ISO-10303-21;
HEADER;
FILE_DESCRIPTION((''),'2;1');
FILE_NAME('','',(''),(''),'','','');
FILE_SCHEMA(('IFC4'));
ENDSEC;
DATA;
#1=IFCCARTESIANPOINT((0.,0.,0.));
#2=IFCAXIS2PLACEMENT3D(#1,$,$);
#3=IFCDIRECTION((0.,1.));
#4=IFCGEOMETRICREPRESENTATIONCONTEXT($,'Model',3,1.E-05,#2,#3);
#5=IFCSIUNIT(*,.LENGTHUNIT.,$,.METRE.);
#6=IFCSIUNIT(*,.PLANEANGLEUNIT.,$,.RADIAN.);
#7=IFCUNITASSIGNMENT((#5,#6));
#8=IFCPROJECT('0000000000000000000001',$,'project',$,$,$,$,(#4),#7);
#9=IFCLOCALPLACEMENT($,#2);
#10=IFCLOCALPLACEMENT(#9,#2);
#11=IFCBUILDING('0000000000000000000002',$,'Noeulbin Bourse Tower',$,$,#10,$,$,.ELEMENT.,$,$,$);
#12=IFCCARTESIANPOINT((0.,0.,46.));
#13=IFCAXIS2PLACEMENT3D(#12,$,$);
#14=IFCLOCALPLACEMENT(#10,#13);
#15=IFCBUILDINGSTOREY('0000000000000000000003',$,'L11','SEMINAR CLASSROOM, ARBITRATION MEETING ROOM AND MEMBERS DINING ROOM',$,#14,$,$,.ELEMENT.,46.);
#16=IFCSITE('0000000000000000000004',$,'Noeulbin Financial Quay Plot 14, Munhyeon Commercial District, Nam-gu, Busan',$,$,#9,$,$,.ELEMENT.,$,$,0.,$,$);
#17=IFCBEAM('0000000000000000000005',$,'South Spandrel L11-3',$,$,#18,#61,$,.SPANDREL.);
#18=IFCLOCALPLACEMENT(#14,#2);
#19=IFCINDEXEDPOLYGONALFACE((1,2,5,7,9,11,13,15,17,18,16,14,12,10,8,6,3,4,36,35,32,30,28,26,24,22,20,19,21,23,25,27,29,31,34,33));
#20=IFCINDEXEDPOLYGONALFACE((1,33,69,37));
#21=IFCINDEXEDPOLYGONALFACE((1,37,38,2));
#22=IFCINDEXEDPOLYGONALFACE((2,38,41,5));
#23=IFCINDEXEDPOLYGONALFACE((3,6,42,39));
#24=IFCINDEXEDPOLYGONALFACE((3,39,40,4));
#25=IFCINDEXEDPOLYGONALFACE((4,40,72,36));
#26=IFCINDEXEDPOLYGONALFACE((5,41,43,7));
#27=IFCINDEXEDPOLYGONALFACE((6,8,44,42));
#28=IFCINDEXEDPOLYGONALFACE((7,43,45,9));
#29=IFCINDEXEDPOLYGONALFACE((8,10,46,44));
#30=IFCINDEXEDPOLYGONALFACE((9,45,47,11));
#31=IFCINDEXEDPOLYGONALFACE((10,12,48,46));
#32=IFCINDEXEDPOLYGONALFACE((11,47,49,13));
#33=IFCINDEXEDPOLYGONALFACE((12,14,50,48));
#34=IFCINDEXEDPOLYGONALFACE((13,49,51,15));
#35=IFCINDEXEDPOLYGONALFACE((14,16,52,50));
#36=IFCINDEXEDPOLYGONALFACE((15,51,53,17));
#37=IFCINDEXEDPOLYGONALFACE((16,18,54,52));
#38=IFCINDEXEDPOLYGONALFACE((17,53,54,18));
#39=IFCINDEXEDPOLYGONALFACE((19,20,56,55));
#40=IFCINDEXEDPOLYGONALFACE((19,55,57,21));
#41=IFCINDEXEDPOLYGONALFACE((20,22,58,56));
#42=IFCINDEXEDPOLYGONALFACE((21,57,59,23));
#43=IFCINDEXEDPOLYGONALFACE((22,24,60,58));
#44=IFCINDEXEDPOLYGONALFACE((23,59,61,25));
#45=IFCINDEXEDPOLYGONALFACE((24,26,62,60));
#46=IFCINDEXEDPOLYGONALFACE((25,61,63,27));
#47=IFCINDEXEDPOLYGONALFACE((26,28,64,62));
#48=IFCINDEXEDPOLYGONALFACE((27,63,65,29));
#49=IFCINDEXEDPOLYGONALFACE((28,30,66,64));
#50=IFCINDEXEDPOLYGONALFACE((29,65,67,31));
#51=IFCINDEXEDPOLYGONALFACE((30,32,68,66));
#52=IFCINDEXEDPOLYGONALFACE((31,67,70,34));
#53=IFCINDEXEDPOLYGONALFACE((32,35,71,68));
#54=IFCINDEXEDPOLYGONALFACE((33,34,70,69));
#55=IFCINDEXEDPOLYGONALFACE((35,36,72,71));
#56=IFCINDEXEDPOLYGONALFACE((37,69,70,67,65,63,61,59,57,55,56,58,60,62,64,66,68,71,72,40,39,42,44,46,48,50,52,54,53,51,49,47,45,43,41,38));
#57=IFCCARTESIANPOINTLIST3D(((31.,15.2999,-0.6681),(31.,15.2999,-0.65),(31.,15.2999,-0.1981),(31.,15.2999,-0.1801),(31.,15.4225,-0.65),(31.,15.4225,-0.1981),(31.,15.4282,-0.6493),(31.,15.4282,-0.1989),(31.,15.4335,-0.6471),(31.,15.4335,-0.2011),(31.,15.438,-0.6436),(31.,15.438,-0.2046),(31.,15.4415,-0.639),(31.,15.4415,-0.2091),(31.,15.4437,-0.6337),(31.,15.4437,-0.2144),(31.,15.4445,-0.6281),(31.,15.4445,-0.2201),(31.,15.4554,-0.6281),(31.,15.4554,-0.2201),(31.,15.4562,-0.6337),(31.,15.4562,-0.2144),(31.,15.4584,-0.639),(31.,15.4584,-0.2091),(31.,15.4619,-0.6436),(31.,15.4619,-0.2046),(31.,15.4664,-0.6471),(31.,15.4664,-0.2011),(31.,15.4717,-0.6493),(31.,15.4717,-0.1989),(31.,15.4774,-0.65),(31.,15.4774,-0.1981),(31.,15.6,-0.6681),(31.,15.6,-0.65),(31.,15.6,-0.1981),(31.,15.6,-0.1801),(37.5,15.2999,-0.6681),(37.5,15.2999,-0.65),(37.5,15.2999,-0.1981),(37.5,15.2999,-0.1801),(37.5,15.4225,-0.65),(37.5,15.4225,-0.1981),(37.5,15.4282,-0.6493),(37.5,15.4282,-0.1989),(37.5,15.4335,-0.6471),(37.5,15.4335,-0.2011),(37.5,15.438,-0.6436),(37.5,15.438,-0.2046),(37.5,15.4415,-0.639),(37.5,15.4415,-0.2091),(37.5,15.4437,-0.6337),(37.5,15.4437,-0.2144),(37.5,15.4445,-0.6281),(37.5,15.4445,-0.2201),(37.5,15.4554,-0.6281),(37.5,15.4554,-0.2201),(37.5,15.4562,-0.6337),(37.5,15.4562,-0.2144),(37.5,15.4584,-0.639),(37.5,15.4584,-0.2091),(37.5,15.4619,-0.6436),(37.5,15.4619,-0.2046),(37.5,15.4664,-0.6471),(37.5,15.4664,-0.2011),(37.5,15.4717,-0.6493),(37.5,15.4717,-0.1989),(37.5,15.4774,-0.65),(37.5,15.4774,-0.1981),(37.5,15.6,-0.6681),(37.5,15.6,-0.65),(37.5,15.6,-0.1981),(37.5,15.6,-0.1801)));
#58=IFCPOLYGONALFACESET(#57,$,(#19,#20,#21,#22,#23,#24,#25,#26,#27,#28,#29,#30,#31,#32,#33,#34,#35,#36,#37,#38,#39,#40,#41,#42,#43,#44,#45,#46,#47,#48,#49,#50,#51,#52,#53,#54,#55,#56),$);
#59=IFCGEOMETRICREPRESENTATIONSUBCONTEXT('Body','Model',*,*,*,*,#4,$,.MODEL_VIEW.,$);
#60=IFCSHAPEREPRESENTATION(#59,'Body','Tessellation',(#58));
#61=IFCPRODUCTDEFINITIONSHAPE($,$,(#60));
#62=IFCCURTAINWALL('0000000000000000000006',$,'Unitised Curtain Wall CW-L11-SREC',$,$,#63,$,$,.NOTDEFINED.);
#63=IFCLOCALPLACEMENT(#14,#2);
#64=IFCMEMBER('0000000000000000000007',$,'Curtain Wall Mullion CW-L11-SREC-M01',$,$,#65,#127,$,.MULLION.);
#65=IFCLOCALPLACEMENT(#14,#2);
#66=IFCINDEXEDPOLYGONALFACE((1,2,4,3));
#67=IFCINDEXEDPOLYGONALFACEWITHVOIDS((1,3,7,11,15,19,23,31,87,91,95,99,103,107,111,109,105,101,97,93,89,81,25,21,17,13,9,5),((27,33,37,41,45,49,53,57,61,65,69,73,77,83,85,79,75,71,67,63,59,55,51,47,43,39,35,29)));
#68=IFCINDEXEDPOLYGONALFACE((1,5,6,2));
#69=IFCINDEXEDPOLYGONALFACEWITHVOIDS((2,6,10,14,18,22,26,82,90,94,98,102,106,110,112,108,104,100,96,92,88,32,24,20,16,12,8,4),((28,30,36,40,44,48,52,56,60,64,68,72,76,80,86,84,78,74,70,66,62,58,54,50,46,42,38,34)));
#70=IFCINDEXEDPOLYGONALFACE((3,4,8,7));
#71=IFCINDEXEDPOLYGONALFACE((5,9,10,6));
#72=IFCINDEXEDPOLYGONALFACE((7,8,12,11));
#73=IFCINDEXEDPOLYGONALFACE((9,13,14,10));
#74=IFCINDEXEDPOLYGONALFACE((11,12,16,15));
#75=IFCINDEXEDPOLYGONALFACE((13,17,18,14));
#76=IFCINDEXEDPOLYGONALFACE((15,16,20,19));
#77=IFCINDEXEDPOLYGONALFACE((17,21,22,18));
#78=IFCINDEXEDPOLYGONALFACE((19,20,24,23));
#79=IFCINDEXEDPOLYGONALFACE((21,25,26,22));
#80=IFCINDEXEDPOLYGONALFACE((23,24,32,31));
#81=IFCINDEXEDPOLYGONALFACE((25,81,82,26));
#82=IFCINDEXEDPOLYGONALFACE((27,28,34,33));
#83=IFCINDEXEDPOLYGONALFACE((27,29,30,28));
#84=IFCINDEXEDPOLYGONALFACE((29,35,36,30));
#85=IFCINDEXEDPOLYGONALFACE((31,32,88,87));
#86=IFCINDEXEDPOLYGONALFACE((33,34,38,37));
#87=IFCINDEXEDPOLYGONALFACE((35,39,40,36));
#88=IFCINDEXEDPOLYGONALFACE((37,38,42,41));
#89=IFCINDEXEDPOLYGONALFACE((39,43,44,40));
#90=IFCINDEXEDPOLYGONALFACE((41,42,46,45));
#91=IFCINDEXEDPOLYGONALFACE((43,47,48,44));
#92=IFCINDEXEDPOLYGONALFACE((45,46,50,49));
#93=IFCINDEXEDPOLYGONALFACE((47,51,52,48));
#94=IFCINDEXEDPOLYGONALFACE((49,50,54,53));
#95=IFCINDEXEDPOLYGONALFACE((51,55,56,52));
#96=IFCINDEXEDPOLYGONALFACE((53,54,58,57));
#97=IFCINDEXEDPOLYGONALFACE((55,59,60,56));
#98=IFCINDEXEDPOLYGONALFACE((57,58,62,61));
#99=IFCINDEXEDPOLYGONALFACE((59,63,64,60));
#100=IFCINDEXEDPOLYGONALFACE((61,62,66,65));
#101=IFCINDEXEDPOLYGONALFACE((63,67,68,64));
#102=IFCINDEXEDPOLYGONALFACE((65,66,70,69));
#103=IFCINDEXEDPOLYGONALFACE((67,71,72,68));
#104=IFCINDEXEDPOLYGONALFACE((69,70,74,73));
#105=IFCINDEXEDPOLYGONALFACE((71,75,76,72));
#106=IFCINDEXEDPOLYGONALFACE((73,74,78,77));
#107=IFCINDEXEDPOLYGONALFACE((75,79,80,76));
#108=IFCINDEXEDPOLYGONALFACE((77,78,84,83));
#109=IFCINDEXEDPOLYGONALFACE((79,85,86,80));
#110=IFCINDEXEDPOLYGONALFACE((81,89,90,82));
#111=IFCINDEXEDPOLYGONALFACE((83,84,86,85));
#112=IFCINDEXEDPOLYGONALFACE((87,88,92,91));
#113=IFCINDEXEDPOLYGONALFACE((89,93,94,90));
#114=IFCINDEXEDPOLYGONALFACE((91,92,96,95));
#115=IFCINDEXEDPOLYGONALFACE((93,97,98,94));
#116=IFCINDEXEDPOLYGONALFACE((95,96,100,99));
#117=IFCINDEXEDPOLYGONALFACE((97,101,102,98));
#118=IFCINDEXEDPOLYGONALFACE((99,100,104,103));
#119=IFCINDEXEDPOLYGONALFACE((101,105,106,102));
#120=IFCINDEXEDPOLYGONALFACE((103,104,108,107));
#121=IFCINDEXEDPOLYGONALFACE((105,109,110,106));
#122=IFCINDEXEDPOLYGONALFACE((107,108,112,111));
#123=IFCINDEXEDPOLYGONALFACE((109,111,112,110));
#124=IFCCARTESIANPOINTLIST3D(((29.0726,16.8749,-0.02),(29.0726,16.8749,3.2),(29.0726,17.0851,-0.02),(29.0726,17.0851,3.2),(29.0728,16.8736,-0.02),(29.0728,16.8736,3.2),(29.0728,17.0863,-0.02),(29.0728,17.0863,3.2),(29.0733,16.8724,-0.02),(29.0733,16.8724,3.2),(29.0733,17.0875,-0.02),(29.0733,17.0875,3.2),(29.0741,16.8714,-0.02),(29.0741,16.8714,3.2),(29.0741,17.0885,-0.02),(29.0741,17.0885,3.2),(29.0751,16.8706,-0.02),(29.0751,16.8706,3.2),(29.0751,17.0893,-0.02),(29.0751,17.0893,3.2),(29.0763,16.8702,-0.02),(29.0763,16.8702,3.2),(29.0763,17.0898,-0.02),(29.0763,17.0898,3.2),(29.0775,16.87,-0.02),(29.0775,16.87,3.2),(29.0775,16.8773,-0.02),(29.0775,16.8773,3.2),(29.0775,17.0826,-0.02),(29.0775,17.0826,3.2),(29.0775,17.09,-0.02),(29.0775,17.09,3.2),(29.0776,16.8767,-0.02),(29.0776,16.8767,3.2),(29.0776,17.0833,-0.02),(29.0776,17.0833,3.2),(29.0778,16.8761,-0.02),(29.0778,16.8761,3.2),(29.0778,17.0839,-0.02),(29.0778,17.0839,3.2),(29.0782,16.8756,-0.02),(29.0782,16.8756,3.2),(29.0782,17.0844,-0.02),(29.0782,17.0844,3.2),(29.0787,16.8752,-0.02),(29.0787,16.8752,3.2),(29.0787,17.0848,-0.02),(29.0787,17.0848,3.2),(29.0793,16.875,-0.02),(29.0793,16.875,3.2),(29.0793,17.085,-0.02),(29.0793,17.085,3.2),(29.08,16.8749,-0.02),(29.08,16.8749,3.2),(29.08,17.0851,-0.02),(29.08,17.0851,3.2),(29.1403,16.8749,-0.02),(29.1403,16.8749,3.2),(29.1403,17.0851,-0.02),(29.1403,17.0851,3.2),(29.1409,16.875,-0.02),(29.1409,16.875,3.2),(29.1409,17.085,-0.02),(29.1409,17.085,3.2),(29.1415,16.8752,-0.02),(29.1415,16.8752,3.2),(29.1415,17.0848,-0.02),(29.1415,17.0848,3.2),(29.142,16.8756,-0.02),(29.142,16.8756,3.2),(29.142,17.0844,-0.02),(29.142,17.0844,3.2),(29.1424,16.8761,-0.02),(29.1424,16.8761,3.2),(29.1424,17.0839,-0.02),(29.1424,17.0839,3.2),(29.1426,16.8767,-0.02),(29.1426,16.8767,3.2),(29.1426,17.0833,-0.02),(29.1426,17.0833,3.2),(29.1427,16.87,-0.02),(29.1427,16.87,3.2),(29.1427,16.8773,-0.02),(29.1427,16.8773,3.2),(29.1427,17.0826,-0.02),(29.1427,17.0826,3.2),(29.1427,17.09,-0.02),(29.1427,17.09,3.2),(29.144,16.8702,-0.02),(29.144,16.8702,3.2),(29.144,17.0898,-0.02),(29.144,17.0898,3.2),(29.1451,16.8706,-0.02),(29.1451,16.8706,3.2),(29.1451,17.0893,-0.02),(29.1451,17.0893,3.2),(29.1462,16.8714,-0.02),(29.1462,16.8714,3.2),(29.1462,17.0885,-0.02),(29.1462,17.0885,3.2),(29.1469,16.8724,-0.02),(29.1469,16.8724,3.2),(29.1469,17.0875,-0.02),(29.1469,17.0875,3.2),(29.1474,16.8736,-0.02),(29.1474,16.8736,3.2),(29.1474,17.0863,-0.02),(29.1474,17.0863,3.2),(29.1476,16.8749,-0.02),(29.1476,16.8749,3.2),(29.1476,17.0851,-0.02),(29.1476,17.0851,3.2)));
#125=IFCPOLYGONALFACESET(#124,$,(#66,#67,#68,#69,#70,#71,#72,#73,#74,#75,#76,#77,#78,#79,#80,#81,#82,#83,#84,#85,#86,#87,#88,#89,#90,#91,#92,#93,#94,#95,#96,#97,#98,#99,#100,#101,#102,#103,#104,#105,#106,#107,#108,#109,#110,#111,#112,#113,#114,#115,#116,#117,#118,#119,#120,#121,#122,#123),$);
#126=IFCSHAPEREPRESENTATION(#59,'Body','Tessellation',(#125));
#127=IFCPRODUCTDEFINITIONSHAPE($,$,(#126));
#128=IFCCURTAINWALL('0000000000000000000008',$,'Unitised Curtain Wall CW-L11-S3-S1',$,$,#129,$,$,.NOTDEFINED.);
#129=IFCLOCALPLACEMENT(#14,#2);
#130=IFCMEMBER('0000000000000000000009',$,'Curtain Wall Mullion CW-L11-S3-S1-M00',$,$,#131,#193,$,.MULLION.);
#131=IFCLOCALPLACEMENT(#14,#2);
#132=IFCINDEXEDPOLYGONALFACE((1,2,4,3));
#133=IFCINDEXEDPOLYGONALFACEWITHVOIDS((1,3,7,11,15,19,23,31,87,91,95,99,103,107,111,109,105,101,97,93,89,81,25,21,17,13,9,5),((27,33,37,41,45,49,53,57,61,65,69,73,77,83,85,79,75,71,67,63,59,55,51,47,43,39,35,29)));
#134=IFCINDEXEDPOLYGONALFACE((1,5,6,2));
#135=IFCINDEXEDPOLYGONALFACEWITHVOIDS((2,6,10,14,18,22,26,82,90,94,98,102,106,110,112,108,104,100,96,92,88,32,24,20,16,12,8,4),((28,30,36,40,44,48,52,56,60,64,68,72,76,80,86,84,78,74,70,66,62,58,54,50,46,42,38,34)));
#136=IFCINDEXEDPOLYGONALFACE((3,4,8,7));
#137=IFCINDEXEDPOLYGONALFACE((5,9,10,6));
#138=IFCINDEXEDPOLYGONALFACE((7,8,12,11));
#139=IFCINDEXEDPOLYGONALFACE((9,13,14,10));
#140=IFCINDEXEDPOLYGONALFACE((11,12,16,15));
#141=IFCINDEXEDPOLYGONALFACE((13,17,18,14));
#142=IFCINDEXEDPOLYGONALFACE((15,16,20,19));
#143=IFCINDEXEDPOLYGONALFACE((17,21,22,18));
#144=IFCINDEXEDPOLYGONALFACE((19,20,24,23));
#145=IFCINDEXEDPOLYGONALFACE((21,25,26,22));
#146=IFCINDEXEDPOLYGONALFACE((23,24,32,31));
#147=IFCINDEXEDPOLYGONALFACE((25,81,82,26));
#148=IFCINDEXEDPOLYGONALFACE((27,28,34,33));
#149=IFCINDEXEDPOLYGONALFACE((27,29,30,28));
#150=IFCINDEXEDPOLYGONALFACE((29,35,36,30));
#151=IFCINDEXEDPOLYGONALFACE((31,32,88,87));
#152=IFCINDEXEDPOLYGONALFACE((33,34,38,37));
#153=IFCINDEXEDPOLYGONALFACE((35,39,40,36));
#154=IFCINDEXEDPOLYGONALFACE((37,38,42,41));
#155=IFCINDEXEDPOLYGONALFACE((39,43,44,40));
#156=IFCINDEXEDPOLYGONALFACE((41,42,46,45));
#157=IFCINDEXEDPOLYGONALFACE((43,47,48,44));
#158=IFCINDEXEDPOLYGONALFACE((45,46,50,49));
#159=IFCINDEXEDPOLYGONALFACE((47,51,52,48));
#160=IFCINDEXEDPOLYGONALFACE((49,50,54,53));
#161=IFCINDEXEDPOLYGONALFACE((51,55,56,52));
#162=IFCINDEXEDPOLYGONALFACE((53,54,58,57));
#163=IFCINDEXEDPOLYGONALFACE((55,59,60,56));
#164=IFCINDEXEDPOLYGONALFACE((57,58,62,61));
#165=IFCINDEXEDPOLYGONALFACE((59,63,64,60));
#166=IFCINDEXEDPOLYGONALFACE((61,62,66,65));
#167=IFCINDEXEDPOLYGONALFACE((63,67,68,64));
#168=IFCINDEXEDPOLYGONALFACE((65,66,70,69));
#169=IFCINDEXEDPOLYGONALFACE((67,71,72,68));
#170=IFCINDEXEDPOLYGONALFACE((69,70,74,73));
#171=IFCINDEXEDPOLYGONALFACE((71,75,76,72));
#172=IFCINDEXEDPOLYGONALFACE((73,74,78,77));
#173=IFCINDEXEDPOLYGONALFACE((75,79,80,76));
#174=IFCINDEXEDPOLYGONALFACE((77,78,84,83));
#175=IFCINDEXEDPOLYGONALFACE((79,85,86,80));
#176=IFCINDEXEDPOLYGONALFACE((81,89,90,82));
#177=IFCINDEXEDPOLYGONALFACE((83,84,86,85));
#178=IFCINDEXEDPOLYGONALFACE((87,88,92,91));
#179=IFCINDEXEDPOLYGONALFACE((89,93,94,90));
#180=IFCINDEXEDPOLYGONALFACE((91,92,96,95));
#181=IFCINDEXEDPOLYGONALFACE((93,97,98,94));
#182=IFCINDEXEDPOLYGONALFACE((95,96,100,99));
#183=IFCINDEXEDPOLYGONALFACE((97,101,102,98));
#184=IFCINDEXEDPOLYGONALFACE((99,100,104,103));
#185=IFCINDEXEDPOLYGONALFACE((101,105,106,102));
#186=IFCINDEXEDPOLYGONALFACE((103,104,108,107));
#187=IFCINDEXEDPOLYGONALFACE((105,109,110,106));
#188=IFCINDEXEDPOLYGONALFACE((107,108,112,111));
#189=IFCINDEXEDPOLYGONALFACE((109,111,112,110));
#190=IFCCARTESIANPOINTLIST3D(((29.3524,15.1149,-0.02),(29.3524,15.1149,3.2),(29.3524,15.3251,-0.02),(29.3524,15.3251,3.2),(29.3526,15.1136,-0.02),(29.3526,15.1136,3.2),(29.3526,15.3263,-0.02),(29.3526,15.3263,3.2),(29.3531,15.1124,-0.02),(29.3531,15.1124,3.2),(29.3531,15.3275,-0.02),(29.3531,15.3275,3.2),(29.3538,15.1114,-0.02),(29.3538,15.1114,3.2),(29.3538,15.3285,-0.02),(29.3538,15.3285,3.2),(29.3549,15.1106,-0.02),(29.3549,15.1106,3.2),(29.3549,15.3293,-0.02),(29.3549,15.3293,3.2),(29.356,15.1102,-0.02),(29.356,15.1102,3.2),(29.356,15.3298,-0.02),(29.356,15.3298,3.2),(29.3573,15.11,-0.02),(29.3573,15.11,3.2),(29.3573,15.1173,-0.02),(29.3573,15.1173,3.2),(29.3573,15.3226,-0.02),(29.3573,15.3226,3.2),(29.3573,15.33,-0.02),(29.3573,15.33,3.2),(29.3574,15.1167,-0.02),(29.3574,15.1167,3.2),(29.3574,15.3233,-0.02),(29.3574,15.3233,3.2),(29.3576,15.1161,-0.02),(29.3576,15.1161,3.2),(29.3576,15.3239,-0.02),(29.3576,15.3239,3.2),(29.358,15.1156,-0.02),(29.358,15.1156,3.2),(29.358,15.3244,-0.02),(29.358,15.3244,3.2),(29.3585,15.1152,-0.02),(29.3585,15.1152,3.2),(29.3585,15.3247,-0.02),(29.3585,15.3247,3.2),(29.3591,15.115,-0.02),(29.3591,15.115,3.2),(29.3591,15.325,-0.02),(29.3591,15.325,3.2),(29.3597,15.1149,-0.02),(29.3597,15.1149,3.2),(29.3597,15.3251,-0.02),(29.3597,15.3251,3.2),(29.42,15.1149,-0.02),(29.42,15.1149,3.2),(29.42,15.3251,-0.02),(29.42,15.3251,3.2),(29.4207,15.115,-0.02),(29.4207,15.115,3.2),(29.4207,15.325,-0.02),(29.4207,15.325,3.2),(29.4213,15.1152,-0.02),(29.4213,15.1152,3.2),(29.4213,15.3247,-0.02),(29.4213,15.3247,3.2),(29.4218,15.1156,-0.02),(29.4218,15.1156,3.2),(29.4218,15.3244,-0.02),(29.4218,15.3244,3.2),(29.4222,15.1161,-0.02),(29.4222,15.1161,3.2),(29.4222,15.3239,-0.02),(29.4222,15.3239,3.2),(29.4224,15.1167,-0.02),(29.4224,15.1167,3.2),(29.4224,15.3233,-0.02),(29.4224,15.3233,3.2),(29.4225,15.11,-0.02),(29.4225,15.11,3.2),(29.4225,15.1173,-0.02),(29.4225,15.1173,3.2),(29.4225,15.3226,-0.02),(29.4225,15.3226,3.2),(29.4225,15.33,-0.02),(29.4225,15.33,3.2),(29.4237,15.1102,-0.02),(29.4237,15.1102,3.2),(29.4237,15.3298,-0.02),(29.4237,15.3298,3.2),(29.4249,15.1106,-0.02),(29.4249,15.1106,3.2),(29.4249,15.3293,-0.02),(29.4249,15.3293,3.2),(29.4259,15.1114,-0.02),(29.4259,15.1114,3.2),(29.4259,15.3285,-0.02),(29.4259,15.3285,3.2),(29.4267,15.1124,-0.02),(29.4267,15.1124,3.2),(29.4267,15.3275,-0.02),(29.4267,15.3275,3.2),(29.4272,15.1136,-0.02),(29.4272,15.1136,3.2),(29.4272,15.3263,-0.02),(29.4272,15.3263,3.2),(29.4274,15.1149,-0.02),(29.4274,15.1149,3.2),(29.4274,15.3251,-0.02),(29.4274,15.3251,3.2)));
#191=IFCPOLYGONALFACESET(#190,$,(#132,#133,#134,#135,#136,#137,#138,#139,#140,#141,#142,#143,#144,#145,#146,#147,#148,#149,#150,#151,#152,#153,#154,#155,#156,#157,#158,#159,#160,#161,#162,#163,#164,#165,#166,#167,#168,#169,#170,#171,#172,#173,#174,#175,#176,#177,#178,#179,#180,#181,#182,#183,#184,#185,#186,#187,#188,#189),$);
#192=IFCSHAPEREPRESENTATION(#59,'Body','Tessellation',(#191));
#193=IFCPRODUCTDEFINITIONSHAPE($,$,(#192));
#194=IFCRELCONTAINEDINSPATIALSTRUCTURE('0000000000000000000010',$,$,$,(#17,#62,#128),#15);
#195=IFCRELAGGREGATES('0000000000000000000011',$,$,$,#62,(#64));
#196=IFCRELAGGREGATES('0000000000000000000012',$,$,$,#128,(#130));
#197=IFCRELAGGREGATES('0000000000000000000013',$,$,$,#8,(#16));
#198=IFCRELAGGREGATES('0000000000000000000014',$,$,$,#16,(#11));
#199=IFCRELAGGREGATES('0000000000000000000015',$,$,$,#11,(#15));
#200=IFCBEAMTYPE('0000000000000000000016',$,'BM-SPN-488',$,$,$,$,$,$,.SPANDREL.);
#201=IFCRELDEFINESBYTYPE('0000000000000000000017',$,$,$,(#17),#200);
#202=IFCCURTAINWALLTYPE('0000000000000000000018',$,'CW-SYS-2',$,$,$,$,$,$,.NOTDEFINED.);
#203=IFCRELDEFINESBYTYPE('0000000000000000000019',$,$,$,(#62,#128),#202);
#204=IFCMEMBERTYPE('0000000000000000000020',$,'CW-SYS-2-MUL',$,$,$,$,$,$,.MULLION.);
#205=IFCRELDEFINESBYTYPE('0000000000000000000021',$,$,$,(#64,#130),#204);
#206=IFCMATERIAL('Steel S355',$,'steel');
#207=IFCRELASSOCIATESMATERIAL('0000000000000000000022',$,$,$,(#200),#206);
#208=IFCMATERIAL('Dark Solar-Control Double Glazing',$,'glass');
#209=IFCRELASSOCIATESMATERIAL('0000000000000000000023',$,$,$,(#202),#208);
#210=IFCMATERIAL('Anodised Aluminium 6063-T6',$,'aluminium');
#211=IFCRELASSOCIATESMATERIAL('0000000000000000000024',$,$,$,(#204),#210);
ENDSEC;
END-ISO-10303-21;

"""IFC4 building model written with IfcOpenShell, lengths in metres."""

from ifc_helpers import new_model, si_unit, direction, frame, origin, origin_2d, place, context, subcontext, project, spatial, hollow_rectangle, i_section, extrude, material, material_profile, profile_set, type_object, element, aggregate, save


model = new_model("IFC4")

# Units and contexts
model_context = context("Model", 3, precision=1e-05, world=origin(), true_north=direction((0.0, 1.0)))
body_context = subcontext(model_context, "Body", "Model", "MODEL_VIEW")
ifc_project = project(units=[si_unit("LENGTHUNIT", "METRE"), si_unit("PLANEANGLEUNIT", "RADIAN")], contexts=[model_context])

# Site, building, storey
site_placement = place(None, origin())
site = spatial("IfcSite", under=ifc_project, at=site_placement, Name="Noeulbin Financial Quay Plot 14, Munhyeon Commercial District, Nam-gu, Busan", CompositionType="ELEMENT", RefElevation=0.0)
building_placement = place(site_placement, origin())
building = spatial("IfcBuilding", under=site, at=building_placement, Name="Noeulbin Bourse Tower", CompositionType="ELEMENT")
storey_placement = place(building_placement, frame((0.0, 0.0, 46.0)))
storey = spatial("IfcBuildingStorey", under=building, at=storey_placement, Name="L11", Description="SEMINAR CLASSROOM, ARBITRATION MEETING ROOM AND MEMBERS DINING ROOM", CompositionType="ELEMENT", Elevation=46.0)

# Beam
ifc_material_1 = material(Name="Steel S355", Category="steel")
ifc_material_profile_1 = material_profile(ifc_material_1, i_section(OverallWidth=0.3, OverallDepth=0.488, WebThickness=0.011, FlangeThickness=0.0181, FilletRadius=0.022, at=origin_2d()), Name="H-488x300x11x18", Category="LoadBearing")
ifc_profile_set_1 = profile_set([ifc_material_profile_1], Name="Steel S355")
beam_type_1 = type_object("IfcBeamType", Name="BM-SPN-488", PredefinedType="SPANDREL", material=ifc_profile_set_1)
beam_1_placement = place(storey_placement, frame((31.0, 15.45, -0.4241), z_axis=(1.0, 0.0, 0.0), x_axis=(0.0, 1.0, 0.0)))
element("IfcBeam", 1, at=beam_1_placement, inside=storey, type_object=beam_type_1, Name="South Spandrel L11-3", PredefinedType="SPANDREL", context=body_context, shape_type="SweptSolid", body=[
    extrude(i_section(OverallWidth=0.3, OverallDepth=0.488, WebThickness=0.011, FlangeThickness=0.0181, FilletRadius=0.022, at=origin_2d()), origin(), (0.0, 0.0, 1.0), 6.5),
])

# Curtain wall, member
ifc_material_2 = material(Name="Dark Solar-Control Double Glazing", Category="glass")
curtain_wall_type = type_object("IfcCurtainWallType", Name="CW-SYS-2", PredefinedType="NOTDEFINED", material=ifc_material_2)
curtain_wall_1_placement = place(storey_placement, origin())
curtain_wall_1 = element("IfcCurtainWall", 2, at=curtain_wall_1_placement, inside=storey, type_object=curtain_wall_type, Name="Unitised Curtain Wall CW-L11-SREC", PredefinedType="NOTDEFINED")
ifc_material_3 = material(Name="Anodised Aluminium 6063-T6", Category="aluminium")
ifc_material_profile_2 = material_profile(ifc_material_3, hollow_rectangle(XDim=0.075, YDim=0.22, WallThickness=0.0049, InnerFilletRadius=0.0024, OuterFilletRadius=0.0049, at=origin_2d()), Name="ALU-MULL-75x220x5", Category="LoadBearing")
ifc_profile_set_2 = profile_set([ifc_material_profile_2], Name="Anodised Aluminium 6063-T6")
member_type_1 = type_object("IfcMemberType", Name="CW-SYS-2-MUL", PredefinedType="MULLION", material=ifc_profile_set_2)
member_1_placement = place(storey_placement, frame((29.1101, 16.98, -0.02), z_axis=(0.0, 0.0, 1.0), x_axis=(1.0, 0.0, 0.0)))
member_1 = element("IfcMember", 3, at=member_1_placement, type_object=member_type_1, Name="Curtain Wall Mullion CW-L11-SREC-M01", PredefinedType="MULLION", context=body_context, shape_type="SweptSolid", body=[
    extrude(hollow_rectangle(XDim=0.075, YDim=0.22, WallThickness=0.0049, InnerFilletRadius=0.0024, OuterFilletRadius=0.0049, at=origin_2d()), origin(), (0.0, 0.0, 1.0), 3.22),
])
aggregate(curtain_wall_1, [member_1])

# Curtain wall, member
curtain_wall_2_placement = place(storey_placement, origin())
curtain_wall_2 = element("IfcCurtainWall", 4, at=curtain_wall_2_placement, inside=storey, type_object=curtain_wall_type, Name="Unitised Curtain Wall CW-L11-S3-S1", PredefinedType="NOTDEFINED")
member_2_placement = place(storey_placement, frame((29.3899, 15.22, -0.02), z_axis=(0.0, 0.0, 1.0), x_axis=(1.0, 0.0, 0.0)))
member_2 = element("IfcMember", 5, at=member_2_placement, type_object=member_type_1, Name="Curtain Wall Mullion CW-L11-S3-S1-M00", PredefinedType="MULLION", context=body_context, shape_type="SweptSolid", body=[
    extrude(hollow_rectangle(XDim=0.075, YDim=0.22, WallThickness=0.0049, InnerFilletRadius=0.0024, OuterFilletRadius=0.0049, at=origin_2d()), origin(), (0.0, 0.0, 1.0), 3.22),
])

aggregate(curtain_wall_2, [member_2])

save(model, "model.ifc")
